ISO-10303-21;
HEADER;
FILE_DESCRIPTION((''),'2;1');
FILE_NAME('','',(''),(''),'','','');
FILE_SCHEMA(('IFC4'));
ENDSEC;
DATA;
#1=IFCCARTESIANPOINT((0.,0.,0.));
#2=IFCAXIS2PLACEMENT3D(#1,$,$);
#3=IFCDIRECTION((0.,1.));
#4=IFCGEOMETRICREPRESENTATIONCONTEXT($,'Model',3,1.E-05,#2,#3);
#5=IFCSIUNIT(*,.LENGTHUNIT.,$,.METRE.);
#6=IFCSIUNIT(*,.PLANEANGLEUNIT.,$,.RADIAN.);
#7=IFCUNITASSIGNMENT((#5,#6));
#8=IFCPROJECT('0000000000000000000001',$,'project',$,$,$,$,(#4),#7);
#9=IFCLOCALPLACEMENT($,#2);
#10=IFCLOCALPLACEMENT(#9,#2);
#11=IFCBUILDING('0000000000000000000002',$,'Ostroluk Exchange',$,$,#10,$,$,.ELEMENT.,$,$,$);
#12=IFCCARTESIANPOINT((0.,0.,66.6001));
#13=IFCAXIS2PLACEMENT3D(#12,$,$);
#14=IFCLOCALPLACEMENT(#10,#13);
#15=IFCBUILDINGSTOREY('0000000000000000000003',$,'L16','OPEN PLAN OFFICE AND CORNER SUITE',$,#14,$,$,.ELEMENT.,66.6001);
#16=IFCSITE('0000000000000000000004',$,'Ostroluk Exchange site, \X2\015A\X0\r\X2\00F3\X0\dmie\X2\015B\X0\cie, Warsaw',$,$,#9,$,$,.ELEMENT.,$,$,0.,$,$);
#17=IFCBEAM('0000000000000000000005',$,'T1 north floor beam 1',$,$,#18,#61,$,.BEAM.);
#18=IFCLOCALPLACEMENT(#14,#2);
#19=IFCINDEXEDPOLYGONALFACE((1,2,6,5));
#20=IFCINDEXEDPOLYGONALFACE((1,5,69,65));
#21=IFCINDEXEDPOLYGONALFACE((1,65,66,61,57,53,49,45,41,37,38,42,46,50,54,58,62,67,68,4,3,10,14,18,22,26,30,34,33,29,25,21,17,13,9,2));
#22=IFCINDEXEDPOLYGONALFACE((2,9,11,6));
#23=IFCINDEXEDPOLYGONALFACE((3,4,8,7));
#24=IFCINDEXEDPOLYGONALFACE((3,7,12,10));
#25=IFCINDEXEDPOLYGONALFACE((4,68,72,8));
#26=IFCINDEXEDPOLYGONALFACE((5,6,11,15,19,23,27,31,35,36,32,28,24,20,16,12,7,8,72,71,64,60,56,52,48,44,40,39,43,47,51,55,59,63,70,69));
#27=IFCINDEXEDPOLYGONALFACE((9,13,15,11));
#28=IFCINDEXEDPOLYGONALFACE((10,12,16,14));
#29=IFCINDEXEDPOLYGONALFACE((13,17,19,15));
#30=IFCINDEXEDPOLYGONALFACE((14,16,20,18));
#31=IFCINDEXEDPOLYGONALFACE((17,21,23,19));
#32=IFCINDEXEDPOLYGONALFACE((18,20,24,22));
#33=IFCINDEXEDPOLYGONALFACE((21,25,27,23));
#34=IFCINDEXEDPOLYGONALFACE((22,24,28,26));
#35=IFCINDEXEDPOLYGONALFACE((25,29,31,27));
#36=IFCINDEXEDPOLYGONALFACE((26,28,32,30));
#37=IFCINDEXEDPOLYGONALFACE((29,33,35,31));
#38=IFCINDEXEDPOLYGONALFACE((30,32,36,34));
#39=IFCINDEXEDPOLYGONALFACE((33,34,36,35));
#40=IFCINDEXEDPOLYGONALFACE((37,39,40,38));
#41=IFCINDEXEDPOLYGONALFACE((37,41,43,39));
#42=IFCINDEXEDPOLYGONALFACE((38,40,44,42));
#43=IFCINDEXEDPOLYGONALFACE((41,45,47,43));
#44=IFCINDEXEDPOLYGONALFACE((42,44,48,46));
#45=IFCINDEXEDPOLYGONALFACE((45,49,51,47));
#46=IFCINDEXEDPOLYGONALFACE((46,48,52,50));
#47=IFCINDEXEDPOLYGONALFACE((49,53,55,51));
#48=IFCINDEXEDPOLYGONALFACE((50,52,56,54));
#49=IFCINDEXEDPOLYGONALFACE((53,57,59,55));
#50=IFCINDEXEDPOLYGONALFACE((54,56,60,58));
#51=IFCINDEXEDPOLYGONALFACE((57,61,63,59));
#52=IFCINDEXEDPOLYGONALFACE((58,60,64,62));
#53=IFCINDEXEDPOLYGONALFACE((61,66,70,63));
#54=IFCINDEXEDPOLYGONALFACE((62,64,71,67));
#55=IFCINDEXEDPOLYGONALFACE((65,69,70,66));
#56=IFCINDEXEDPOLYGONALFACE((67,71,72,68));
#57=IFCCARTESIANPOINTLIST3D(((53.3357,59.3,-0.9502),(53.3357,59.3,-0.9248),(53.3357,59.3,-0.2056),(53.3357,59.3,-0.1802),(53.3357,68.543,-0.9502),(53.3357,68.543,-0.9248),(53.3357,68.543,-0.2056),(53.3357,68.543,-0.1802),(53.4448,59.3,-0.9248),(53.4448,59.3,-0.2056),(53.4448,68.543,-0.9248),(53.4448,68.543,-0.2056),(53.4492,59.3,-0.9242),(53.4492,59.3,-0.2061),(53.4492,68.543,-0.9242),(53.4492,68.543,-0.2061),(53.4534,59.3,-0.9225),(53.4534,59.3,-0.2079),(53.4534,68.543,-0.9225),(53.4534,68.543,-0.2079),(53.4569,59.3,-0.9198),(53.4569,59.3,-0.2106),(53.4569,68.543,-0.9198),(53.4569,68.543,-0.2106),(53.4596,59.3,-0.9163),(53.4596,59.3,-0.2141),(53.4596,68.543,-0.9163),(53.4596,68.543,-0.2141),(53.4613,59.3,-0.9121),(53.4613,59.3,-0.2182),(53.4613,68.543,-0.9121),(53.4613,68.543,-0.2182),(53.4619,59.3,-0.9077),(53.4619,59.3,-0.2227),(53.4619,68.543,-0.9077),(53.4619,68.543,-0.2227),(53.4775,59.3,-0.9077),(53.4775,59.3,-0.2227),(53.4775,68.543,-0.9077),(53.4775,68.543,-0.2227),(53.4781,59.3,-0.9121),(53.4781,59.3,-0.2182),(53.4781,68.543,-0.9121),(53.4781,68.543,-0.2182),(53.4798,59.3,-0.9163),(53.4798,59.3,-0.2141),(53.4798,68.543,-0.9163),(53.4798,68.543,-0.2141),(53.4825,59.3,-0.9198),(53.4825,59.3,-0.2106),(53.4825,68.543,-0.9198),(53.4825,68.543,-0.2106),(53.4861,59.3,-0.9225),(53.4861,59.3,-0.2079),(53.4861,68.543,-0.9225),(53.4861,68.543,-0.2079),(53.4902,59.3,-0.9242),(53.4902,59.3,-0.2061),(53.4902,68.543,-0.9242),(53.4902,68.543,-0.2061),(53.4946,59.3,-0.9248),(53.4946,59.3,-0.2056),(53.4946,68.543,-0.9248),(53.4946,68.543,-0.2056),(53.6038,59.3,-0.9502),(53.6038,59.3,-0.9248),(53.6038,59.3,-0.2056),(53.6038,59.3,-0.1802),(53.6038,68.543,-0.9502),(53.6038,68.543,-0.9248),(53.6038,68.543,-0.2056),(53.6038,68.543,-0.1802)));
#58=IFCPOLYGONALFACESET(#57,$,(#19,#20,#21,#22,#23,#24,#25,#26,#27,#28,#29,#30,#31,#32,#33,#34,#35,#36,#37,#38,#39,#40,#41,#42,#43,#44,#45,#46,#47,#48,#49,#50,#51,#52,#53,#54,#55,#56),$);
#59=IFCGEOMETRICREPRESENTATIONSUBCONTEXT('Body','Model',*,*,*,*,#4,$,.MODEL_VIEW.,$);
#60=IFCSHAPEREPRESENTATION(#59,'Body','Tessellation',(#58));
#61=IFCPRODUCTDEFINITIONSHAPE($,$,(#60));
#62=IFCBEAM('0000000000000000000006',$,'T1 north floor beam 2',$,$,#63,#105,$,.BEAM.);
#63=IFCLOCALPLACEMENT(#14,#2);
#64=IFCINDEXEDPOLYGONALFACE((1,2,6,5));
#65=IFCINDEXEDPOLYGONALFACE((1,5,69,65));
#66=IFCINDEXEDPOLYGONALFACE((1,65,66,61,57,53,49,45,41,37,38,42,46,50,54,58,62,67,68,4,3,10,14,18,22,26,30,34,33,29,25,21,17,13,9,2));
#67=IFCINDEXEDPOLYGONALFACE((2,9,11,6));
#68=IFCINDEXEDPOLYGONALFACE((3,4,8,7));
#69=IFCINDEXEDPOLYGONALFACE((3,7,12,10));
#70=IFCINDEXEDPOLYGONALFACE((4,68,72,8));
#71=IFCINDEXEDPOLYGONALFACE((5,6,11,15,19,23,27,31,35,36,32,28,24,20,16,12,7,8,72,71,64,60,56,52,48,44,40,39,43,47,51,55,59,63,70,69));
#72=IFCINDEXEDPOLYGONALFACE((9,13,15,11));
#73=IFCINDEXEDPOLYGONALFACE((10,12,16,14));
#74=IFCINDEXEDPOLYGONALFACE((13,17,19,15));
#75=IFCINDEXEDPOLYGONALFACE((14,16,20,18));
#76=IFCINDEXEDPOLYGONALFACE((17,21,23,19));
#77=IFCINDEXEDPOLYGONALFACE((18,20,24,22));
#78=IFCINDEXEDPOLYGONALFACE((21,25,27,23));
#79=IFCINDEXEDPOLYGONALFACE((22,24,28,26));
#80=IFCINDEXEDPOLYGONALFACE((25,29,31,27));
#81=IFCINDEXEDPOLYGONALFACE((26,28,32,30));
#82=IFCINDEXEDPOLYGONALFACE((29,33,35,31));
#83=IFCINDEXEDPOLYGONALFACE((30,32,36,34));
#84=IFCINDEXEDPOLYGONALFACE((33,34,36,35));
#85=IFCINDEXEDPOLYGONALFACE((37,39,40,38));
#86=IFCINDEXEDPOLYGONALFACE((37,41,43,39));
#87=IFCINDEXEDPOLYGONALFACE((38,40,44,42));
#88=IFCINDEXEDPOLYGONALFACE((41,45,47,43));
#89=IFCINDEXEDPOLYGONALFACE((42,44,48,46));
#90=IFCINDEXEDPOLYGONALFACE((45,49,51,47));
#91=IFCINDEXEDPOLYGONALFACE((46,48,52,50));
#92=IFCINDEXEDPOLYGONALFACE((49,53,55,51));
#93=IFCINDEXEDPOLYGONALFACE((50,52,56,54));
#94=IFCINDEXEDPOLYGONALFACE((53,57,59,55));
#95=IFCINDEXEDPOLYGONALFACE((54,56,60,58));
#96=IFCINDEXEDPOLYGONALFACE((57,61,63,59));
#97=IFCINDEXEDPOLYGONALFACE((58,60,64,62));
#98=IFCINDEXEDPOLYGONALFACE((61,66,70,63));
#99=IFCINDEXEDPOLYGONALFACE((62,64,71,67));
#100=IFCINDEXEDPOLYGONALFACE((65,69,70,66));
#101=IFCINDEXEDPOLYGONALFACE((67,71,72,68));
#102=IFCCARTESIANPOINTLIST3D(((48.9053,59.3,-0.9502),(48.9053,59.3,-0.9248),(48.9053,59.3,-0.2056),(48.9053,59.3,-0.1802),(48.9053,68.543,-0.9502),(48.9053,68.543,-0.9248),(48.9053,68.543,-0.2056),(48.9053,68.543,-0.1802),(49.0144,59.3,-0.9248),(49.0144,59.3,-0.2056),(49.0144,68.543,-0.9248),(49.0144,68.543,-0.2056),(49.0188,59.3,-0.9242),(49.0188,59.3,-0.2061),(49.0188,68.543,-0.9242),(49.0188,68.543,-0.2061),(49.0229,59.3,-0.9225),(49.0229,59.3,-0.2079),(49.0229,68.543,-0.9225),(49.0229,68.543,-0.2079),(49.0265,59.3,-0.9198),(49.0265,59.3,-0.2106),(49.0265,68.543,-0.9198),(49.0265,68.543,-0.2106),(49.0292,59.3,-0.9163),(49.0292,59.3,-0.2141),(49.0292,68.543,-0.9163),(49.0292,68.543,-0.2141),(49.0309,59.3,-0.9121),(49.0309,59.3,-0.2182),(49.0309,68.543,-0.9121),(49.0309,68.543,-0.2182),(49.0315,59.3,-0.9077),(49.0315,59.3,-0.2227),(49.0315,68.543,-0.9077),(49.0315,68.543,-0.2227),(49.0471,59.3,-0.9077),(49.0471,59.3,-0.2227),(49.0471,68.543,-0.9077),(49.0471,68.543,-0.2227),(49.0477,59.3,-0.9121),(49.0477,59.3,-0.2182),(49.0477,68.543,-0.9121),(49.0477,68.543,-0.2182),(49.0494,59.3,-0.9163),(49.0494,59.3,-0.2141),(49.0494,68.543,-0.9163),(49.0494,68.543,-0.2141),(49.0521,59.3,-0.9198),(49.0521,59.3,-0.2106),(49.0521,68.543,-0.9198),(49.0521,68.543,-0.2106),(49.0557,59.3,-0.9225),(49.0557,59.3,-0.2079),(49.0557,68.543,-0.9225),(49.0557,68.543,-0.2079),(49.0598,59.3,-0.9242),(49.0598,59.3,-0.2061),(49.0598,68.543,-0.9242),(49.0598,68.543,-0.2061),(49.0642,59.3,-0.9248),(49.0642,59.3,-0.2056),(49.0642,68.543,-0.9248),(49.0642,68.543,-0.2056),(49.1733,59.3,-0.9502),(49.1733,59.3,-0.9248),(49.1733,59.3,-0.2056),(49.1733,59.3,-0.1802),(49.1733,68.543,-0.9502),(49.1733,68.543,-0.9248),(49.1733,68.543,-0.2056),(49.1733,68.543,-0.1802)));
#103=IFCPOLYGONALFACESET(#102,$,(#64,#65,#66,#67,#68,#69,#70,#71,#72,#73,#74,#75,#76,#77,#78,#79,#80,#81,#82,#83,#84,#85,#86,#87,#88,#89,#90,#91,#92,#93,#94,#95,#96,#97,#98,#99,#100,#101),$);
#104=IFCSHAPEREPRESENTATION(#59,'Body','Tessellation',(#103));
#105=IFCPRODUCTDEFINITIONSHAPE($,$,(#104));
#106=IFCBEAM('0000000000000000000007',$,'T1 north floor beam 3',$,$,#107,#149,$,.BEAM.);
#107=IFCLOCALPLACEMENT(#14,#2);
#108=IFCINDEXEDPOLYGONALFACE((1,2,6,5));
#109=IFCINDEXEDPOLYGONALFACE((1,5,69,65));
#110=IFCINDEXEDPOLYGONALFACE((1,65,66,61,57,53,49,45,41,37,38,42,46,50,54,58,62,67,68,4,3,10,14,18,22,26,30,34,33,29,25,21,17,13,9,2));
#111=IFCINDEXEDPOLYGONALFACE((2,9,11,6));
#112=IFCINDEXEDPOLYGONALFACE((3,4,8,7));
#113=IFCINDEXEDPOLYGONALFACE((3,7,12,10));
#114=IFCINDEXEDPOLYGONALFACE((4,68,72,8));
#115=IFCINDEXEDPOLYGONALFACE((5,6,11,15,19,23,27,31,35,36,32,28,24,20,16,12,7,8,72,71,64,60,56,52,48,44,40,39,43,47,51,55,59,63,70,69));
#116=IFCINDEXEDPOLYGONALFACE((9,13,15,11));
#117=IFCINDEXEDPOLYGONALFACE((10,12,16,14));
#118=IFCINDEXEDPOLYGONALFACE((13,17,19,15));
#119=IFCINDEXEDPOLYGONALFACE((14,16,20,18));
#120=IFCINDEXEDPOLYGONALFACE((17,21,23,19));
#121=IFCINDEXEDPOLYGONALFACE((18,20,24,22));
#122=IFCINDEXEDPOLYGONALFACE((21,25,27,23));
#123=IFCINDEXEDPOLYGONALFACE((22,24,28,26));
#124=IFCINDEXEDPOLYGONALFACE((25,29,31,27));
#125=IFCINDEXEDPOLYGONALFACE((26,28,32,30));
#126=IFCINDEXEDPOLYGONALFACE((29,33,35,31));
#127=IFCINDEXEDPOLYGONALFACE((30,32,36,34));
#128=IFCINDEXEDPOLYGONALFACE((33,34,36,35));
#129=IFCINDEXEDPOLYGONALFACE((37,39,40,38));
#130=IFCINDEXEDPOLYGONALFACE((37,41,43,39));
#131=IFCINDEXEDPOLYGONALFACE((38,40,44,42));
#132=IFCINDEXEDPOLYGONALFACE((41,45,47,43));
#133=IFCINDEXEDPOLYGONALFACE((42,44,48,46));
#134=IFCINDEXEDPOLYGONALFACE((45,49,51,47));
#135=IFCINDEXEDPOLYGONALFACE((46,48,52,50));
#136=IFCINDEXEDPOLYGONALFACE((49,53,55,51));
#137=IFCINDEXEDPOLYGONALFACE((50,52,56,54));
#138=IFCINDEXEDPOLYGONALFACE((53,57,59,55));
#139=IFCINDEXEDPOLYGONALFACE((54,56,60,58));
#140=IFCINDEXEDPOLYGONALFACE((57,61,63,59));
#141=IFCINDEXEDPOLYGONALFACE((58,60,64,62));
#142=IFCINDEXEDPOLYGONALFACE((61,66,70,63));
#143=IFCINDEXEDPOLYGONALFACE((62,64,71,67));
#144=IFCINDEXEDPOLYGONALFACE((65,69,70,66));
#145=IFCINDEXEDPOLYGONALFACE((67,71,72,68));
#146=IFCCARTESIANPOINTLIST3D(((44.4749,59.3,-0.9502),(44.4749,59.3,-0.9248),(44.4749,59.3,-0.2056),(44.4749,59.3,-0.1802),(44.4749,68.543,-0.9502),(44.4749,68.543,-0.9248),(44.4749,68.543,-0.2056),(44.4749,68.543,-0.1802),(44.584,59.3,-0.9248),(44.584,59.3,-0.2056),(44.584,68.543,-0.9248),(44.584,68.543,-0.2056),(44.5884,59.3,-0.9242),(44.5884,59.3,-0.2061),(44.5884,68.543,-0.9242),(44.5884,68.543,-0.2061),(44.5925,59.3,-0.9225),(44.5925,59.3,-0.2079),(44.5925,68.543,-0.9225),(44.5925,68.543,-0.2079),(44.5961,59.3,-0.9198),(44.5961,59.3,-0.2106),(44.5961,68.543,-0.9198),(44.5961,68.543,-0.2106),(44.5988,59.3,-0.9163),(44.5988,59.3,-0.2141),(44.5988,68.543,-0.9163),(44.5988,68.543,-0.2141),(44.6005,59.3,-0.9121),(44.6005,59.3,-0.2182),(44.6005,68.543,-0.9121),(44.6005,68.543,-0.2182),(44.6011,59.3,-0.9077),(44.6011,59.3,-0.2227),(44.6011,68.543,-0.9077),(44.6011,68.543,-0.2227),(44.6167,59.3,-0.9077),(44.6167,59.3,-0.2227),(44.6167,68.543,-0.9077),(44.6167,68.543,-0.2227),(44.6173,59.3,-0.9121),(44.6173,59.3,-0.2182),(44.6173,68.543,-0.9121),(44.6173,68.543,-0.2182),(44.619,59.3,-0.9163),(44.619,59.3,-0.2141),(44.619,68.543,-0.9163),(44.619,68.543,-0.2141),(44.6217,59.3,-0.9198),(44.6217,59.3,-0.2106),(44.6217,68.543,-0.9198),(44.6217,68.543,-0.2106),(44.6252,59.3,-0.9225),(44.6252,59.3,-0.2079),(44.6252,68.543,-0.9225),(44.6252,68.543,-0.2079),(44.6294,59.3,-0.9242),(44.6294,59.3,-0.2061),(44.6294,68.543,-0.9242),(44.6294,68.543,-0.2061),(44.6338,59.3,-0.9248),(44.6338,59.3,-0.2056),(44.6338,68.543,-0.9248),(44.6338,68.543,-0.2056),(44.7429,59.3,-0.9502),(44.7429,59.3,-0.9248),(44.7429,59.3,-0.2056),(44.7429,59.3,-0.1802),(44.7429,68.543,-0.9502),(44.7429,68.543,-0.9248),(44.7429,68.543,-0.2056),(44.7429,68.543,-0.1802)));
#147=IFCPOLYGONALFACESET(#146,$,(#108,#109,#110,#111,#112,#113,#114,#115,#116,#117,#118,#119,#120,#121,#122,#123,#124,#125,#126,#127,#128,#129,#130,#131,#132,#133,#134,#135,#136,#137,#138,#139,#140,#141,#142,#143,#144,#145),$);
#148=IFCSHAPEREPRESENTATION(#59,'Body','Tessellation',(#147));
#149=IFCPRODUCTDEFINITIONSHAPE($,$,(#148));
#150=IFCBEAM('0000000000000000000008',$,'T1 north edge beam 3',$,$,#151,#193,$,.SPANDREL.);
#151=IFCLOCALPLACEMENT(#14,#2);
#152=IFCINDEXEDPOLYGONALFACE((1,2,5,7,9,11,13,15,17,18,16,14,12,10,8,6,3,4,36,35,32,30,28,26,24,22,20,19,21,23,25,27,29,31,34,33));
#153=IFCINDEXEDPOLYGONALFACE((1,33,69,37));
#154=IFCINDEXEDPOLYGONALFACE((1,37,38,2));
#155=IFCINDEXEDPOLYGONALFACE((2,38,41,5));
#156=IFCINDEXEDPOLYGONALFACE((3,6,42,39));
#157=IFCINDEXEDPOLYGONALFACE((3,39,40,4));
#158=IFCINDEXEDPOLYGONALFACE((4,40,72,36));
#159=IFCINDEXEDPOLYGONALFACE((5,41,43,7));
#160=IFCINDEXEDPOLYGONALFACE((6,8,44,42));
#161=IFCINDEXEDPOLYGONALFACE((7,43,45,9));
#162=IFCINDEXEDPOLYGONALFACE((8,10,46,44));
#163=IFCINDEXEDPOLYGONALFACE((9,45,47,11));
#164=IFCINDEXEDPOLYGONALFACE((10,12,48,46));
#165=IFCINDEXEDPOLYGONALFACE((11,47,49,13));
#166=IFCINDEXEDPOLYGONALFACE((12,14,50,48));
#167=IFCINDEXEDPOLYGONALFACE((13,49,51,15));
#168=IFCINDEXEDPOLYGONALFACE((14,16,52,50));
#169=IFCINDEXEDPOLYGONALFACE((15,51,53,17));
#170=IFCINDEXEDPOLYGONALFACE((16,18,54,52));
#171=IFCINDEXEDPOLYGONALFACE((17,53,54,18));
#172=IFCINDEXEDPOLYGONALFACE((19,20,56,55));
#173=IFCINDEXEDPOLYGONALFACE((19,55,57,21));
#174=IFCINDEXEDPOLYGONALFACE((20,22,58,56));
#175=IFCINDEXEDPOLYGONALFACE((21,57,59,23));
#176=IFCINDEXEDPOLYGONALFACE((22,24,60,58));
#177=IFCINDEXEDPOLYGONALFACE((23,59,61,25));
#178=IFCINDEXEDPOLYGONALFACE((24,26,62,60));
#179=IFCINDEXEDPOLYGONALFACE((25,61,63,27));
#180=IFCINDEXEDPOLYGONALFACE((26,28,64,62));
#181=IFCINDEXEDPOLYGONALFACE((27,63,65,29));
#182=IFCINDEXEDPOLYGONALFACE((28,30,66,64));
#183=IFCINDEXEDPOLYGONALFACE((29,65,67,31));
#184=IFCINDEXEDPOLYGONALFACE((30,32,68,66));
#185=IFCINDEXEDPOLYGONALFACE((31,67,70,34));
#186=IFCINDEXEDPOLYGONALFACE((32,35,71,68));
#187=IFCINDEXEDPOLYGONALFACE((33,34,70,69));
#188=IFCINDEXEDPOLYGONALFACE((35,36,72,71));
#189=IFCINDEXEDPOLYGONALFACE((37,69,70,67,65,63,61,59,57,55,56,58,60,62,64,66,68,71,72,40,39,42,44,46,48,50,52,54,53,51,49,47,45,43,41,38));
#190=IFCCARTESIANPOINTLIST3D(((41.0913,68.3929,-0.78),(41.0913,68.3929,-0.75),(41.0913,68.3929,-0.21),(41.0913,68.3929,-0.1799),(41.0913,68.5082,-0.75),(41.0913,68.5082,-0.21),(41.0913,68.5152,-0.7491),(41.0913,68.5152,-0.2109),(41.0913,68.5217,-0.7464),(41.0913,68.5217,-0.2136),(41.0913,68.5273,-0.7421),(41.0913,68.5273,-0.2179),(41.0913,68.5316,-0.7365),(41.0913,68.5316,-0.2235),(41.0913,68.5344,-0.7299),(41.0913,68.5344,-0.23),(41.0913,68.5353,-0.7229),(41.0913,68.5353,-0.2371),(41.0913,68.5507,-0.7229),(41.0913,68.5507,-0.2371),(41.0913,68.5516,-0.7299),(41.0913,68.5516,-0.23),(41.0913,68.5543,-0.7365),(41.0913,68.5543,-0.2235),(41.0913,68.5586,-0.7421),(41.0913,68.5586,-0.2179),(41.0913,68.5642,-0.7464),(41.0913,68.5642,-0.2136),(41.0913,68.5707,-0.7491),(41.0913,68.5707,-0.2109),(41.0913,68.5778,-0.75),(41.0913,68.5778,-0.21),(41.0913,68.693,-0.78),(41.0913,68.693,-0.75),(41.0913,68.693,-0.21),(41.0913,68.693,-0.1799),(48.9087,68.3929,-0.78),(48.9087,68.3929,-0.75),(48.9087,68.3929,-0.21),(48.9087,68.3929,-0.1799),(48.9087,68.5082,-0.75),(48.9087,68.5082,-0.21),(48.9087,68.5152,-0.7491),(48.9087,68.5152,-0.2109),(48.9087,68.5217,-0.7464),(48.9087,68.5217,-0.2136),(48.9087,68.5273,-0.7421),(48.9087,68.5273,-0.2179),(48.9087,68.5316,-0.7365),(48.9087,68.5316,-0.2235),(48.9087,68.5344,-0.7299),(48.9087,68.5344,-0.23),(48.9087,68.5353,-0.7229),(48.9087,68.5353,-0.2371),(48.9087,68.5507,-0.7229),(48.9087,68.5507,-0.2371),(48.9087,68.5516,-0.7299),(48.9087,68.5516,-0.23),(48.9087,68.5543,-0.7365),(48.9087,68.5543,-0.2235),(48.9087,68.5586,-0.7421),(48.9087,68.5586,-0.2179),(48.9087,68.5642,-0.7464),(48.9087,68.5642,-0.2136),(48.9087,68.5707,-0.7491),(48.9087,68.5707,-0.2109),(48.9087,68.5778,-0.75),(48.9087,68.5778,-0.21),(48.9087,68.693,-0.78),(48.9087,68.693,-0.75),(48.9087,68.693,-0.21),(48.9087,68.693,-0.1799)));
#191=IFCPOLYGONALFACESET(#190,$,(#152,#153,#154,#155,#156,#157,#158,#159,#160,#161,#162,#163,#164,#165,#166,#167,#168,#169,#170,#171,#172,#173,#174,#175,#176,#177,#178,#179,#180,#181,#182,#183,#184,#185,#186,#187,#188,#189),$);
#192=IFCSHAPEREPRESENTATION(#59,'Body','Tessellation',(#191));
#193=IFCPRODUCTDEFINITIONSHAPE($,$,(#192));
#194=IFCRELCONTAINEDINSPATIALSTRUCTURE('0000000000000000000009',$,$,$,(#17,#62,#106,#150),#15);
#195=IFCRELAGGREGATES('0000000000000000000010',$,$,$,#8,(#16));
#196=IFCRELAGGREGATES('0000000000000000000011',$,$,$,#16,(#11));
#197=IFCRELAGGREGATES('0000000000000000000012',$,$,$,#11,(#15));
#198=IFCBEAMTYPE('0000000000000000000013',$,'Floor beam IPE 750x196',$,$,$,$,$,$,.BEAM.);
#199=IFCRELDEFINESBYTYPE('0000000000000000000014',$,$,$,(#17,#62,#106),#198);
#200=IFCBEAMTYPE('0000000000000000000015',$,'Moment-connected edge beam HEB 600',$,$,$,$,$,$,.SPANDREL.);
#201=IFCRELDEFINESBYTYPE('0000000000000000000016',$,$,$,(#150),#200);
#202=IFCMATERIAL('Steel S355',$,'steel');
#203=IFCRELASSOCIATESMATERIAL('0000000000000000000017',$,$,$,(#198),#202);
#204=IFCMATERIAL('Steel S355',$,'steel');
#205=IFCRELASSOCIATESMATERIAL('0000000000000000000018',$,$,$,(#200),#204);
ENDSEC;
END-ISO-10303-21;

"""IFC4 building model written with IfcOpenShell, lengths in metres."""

from ifc_helpers import new_model, si_unit, direction, frame, origin, origin_2d, place, context, subcontext, project, spatial, i_section, extrude, material, material_profile, profile_set, type_object, element, save


model = new_model("IFC4")

# Units and contexts
model_context = context("Model", 3, precision=1e-05, world=origin(), true_north=direction((0.0, 1.0)))
body_context = subcontext(model_context, "Body", "Model", "MODEL_VIEW")
ifc_project = project(units=[si_unit("LENGTHUNIT", "METRE"), si_unit("PLANEANGLEUNIT", "RADIAN")], contexts=[model_context])

# Site, building, storey
site_placement = place(None, origin())
site = spatial("IfcSite", under=ifc_project, at=site_placement, Name="Ostroluk Exchange site, Śródmieście, Warsaw", CompositionType="ELEMENT", RefElevation=0.0)
building_placement = place(site_placement, origin())
building = spatial("IfcBuilding", under=site, at=building_placement, Name="Ostroluk Exchange", CompositionType="ELEMENT")
storey_placement = place(building_placement, frame((0.0, 0.0, 66.6001)))
storey = spatial("IfcBuildingStorey", under=building, at=storey_placement, Name="L16", Description="OPEN PLAN OFFICE AND CORNER SUITE", CompositionType="ELEMENT", Elevation=66.6001)

# Beams
ifc_material_1 = material(Name="Steel S355", Category="steel")
ifc_material_profile_1 = material_profile(ifc_material_1, i_section(OverallWidth=0.2681, OverallDepth=0.77, WebThickness=0.0156, FlangeThickness=0.0254, FilletRadius=0.0171, at=origin_2d()), Name="IPE 750x196")
ifc_profile_set_1 = profile_set([ifc_material_profile_1], Name="Steel S355")
beam_type_1 = type_object("IfcBeamType", Name="Floor beam IPE 750x196", PredefinedType="BEAM", material=ifc_profile_set_1)
for number, where, z_axis, x_axis, name in (
    (1, (53.4697, 59.3, -0.5652), (0.0, 1.0, 0.0), (-1.0, 0.0, 0.0), "T1 north floor beam 1"),
    (2, (49.0393, 59.3, -0.5652), (0.0, 1.0, 0.0), (-1.0, 0.0, 0.0), "T1 north floor beam 2"),
    (3, (44.6089, 59.3, -0.5652), (0.0, 1.0, 0.0), (-1.0, 0.0, 0.0), "T1 north floor beam 3"),
):
    element("IfcBeam", number, at=place(storey_placement, frame(where, z_axis=z_axis, x_axis=x_axis)), inside=storey, type_object=beam_type_1, Name=name, PredefinedType="BEAM", context=body_context, shape_type="SweptSolid", body=[
        extrude(i_section(OverallWidth=0.2681, OverallDepth=0.77, WebThickness=0.0156, FlangeThickness=0.0254, FilletRadius=0.0171, at=origin_2d()), origin(), (0.0, 0.0, 1.0), 9.2429),
    ])
ifc_material_2 = material(Name="Steel S355", Category="steel")
ifc_material_profile_2 = material_profile(ifc_material_2, i_section(OverallWidth=0.3, OverallDepth=0.6001, WebThickness=0.0154, FlangeThickness=0.03, FilletRadius=0.0271, at=origin_2d()), Name="HEB 600")
ifc_profile_set_2 = profile_set([ifc_material_profile_2], Name="Steel S355")
beam_type_2 = type_object("IfcBeamType", Name="Moment-connected edge beam HEB 600", PredefinedType="SPANDREL", material=ifc_profile_set_2)
beam_1_placement = place(storey_placement, frame((48.9087, 68.543, -0.48), z_axis=(-1.0, 0.0, 0.0), x_axis=(0.0, -1.0, 0.0)))
element("IfcBeam", 4, at=beam_1_placement, inside=storey, type_object=beam_type_2, Name="T1 north edge beam 3", PredefinedType="SPANDREL", context=body_context, shape_type="SweptSolid", body=[
    extrude(i_section(OverallWidth=0.3, OverallDepth=0.6001, WebThickness=0.0154, FlangeThickness=0.03, FilletRadius=0.0271, at=origin_2d()), origin(), (0.0, 0.0, 1.0), 7.8174),
])

save(model, "model.ifc")
